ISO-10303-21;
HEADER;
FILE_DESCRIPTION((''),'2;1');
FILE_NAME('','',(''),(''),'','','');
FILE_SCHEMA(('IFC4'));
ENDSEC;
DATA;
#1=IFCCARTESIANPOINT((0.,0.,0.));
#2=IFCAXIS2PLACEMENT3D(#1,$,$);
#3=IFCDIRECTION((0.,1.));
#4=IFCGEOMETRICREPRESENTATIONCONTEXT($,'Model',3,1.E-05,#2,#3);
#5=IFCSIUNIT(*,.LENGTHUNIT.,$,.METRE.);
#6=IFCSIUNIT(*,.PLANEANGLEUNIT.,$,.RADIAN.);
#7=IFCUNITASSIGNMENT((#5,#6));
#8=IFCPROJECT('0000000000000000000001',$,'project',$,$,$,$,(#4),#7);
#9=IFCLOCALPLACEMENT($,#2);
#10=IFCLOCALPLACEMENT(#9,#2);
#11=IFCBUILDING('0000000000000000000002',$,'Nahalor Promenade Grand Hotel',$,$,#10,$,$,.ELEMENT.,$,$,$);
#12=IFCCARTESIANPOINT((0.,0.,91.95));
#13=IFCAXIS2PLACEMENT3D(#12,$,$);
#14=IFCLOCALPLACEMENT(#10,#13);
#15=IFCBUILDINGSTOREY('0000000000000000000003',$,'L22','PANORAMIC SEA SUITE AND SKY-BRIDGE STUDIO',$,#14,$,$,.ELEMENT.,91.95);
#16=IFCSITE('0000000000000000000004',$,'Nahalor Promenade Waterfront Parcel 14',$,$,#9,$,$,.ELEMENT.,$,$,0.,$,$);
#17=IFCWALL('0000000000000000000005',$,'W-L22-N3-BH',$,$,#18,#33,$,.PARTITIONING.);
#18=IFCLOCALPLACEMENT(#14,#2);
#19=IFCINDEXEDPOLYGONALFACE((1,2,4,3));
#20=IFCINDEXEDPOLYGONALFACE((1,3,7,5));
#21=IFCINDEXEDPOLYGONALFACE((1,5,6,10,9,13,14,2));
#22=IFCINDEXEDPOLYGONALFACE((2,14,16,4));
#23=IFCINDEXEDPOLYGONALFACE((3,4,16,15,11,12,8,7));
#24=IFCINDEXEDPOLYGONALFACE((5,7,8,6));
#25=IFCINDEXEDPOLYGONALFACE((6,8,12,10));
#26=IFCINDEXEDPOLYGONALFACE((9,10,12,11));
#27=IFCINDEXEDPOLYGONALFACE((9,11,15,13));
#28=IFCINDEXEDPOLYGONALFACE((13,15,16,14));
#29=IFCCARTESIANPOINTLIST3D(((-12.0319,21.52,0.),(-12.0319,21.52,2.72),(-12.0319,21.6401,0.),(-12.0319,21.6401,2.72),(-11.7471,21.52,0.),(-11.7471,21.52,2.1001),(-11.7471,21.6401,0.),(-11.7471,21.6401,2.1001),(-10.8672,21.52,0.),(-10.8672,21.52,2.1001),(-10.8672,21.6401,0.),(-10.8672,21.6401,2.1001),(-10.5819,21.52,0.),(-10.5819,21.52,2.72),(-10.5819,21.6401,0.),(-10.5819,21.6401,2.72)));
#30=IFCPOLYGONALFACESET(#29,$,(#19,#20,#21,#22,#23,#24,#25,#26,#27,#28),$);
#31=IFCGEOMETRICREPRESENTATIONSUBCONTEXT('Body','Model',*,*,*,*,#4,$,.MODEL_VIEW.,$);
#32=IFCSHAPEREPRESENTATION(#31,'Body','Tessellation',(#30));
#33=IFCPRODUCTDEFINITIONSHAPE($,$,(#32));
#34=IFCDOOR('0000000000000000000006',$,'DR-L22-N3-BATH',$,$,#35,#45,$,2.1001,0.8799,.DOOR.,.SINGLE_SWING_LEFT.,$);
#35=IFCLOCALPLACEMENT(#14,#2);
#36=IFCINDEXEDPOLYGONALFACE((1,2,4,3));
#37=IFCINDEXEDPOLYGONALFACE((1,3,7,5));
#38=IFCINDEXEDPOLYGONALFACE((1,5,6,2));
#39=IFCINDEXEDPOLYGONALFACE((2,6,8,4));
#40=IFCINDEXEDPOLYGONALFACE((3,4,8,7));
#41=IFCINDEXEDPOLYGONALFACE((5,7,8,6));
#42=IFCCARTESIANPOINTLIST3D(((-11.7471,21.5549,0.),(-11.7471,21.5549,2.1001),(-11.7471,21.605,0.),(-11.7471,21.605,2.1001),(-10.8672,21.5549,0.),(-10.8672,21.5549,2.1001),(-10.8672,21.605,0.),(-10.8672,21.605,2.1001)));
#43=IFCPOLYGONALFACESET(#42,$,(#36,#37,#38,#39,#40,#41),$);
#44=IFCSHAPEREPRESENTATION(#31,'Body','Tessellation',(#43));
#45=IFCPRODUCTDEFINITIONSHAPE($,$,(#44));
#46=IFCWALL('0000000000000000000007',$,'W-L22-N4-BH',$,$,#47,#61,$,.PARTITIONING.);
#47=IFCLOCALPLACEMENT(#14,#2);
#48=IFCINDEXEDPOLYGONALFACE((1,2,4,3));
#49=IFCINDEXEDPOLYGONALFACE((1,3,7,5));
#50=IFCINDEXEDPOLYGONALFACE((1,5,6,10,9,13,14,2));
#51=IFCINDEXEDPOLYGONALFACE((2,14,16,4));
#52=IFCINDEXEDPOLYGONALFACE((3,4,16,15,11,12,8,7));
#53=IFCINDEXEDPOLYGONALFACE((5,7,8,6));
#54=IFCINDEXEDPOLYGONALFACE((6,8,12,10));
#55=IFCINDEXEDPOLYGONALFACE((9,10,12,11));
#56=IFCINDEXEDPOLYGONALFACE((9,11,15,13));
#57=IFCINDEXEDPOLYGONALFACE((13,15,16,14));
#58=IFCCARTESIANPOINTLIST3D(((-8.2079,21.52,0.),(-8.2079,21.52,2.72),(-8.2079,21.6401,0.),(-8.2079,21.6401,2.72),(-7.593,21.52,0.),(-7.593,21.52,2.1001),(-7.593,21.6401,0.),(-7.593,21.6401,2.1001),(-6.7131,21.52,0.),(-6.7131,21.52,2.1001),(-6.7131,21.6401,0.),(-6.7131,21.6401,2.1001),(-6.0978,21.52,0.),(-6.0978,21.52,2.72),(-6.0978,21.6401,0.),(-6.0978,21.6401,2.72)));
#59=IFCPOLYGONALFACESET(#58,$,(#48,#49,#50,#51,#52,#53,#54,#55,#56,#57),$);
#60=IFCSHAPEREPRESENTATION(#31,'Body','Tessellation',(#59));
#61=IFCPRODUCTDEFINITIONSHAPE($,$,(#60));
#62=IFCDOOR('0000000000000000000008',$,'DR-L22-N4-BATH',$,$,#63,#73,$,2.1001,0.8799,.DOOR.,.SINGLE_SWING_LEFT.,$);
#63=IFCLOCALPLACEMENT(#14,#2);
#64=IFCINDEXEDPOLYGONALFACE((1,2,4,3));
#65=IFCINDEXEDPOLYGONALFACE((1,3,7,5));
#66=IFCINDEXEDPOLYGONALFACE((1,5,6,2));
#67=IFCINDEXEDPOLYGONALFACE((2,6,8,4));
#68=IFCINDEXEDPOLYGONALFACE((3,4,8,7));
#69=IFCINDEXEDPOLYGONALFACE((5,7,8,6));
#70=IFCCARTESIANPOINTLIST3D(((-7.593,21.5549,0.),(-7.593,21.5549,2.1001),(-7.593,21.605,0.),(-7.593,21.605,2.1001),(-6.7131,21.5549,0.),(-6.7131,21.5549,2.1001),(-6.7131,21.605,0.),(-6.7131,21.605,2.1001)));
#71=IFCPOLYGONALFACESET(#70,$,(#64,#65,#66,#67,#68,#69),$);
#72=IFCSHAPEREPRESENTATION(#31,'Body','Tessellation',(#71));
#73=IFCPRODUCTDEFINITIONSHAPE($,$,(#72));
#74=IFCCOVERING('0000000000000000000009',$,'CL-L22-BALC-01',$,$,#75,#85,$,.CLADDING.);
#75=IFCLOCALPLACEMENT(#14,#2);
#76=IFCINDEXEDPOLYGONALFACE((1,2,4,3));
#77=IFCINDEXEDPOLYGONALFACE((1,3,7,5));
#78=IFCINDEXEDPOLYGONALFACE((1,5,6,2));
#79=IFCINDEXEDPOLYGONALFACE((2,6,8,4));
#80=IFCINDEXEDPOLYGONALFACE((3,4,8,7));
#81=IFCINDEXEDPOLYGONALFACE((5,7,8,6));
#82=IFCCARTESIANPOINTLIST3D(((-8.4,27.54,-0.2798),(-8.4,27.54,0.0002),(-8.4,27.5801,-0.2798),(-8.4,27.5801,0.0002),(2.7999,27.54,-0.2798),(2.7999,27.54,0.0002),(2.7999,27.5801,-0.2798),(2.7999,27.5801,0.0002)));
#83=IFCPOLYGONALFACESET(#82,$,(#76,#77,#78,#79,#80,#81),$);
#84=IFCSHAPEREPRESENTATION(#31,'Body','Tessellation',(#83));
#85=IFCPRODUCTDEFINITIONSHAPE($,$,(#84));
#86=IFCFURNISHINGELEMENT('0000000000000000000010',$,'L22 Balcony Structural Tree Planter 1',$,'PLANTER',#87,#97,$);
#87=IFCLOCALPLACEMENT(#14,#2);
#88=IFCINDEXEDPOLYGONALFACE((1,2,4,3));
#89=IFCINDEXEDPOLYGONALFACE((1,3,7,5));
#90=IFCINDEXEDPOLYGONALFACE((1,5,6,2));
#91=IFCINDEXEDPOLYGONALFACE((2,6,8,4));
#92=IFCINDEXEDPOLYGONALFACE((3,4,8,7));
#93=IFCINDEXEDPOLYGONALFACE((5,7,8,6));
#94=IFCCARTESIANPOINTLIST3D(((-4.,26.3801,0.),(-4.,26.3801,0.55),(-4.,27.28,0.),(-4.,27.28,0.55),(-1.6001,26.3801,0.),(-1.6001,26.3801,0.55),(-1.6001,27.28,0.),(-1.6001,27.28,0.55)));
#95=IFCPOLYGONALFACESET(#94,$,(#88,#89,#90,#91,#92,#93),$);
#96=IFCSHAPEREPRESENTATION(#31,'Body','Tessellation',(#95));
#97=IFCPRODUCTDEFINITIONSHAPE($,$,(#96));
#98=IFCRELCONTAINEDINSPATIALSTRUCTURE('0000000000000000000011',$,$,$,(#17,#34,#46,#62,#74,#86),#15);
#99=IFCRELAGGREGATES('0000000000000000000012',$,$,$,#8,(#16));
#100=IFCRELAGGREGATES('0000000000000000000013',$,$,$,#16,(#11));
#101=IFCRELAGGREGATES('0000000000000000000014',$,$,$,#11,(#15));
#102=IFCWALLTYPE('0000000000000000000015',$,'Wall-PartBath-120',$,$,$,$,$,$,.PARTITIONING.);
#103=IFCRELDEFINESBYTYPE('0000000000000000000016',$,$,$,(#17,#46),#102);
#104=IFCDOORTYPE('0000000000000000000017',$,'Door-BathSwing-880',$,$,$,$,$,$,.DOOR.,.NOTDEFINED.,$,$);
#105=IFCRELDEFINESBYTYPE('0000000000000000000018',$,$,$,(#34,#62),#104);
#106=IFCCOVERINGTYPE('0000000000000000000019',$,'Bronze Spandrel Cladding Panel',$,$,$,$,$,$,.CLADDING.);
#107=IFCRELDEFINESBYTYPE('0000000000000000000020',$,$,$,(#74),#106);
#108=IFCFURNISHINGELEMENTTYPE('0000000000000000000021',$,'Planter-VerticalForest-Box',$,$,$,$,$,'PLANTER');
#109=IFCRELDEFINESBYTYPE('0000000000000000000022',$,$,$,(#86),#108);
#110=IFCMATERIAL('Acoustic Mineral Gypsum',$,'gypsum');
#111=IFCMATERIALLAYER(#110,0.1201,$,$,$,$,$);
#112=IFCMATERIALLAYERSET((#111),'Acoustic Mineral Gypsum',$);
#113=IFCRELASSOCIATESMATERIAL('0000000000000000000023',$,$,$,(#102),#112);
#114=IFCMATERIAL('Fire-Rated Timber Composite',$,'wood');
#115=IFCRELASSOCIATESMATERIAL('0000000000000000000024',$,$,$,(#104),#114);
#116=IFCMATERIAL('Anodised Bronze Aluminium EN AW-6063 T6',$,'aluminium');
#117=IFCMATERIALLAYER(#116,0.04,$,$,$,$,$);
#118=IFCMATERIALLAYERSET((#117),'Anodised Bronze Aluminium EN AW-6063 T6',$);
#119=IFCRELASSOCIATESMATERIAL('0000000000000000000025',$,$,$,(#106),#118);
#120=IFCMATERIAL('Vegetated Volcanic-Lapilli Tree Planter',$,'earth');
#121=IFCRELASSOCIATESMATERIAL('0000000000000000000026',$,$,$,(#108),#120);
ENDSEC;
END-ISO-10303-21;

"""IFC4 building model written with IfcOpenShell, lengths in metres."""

from ifc_helpers import new_model, si_unit, direction, frame, frame_2d, origin, origin_2d, place, context, subcontext, project, spatial, rectangle, extrude, source, transform, mapped, material, layer, layer_set, type_object, element, fill, save


model = new_model("IFC4")

# Units and contexts
model_context = context("Model", 3, precision=1e-05, world=origin(), true_north=direction((0.0, 1.0)))
body_context = subcontext(model_context, "Body", "Model", "MODEL_VIEW")
ifc_project = project(units=[si_unit("LENGTHUNIT", "METRE"), si_unit("PLANEANGLEUNIT", "RADIAN")], contexts=[model_context])

# Site, building, storey
site_placement = place(None, origin())
site = spatial("IfcSite", under=ifc_project, at=site_placement, Name="Nahalor Promenade Waterfront Parcel 14", CompositionType="ELEMENT", RefElevation=0.0)
building_placement = place(site_placement, origin())
building = spatial("IfcBuilding", under=site, at=building_placement, Name="Nahalor Promenade Grand Hotel", CompositionType="ELEMENT")
storey_placement = place(building_placement, frame((0.0, 0.0, 91.95)))
storey = spatial("IfcBuildingStorey", under=building, at=storey_placement, Name="L22", Description="PANORAMIC SEA SUITE AND SKY-BRIDGE STUDIO", CompositionType="ELEMENT", Elevation=91.95)

# Shared definitions
ifc_material_1 = material(Name="Anodised Bronze Aluminium EN AW-6063 T6", Category="aluminium")

# Shared definitions
ifc_material_2 = material(Name="Acoustic Mineral Gypsum", Category="gypsum")
ifc_layer_1 = layer(ifc_material_2, 0.1201)
ifc_layer_set_1 = layer_set([ifc_layer_1], Name="Acoustic Mineral Gypsum")
wall_type_1 = type_object("IfcWallType", Name="Wall-PartBath-120", PredefinedType="PARTITIONING", material=ifc_layer_set_1)
ifc_material_3 = material(Name="Fire-Rated Timber Composite", Category="wood")
door_type_1 = type_object("IfcDoorType", Name="Door-BathSwing-880", OperationType="NOTDEFINED", PredefinedType="DOOR", material=ifc_material_3)
shared_shape_1 = source(origin(), body_context, "Body", "SweptSolid", [
    extrude(rectangle(XDim=0.8799, YDim=2.1001, at=frame_2d((0.4399, 1.05))), frame((0.0, 0.0249, 0.0), z_axis=(0.0, -1.0, 0.0), x_axis=(1.0, 0.0, 0.0)), (0.0, 0.0, 1.0), 0.05),
])

# Walls, openings, doors
shared_shape_2 = source(origin(), body_context, "Body", "SweptSolid", [
    extrude(rectangle(XDim=1.45, YDim=0.1201, at=frame_2d((0.7251, 0.0))), origin(), (0.0, 0.0, 1.0), 2.72),
])
wall_1_placement = place(storey_placement, frame((-12.032, 21.5801, 0.0), z_axis=(0.0, 0.0, 1.0), x_axis=(1.0, 0.0, 0.0)))
wall_1 = element("IfcWall", 1, at=wall_1_placement, inside=storey, type_object=wall_type_1, Name="W-L22-N3-BH", PredefinedType="PARTITIONING", context=body_context, shape_type="MappedRepresentation", body=[
    mapped(shared_shape_2, transform((0.0, 0.0, 0.0), scale=1.0)),
])
opening_1_placement = place(wall_1_placement, frame((0.2849, 0.0, 0.0)))
opening_1 = element("IfcOpeningElement", 2, at=opening_1_placement, cuts=wall_1, PredefinedType="OPENING", context=body_context, shape_type="SweptSolid", body=[
    extrude(rectangle(XDim=0.8799, YDim=2.1001, at=frame_2d((0.4399, 1.05))), frame((0.0, 0.0701, 0.0), z_axis=(0.0, -1.0, 0.0), x_axis=(1.0, 0.0, 0.0)), (0.0, 0.0, 1.0), 0.1401),
])
door_1_placement = place(opening_1_placement, origin())
door_1 = element("IfcDoor", 3, at=door_1_placement, inside=storey, type_object=door_type_1, Name="DR-L22-N3-BATH", OperationType="SINGLE_SWING_LEFT", OverallHeight=2.1001, OverallWidth=0.8799, PredefinedType="DOOR", context=body_context, shape_type="MappedRepresentation", body=[
    mapped(shared_shape_1, transform((0.0, 0.0, 0.0), scale=1.0)),
])
fill(opening_1, door_1)
shared_shape_3 = source(origin(), body_context, "Body", "SweptSolid", [
    extrude(rectangle(XDim=2.1101, YDim=0.1201, at=frame_2d((1.0552, 0.0))), origin(), (0.0, 0.0, 1.0), 2.72),
])
wall_2_placement = place(storey_placement, frame((-8.208, 21.5801, 0.0), z_axis=(0.0, 0.0, 1.0), x_axis=(1.0, 0.0, 0.0)))
wall_2 = element("IfcWall", 4, at=wall_2_placement, inside=storey, type_object=wall_type_1, Name="W-L22-N4-BH", PredefinedType="PARTITIONING", context=body_context, shape_type="MappedRepresentation", body=[
    mapped(shared_shape_3, transform((0.0, 0.0, 0.0), scale=1.0)),
])
opening_2_placement = place(wall_2_placement, frame((0.615, 0.0, 0.0)))
opening_2 = element("IfcOpeningElement", 5, at=opening_2_placement, cuts=wall_2, PredefinedType="OPENING", context=body_context, shape_type="SweptSolid", body=[
    extrude(rectangle(XDim=0.8799, YDim=2.1001, at=frame_2d((0.4399, 1.05))), frame((0.0, 0.0701, 0.0), z_axis=(0.0, -1.0, 0.0), x_axis=(1.0, 0.0, 0.0)), (0.0, 0.0, 1.0), 0.1401),
])
door_2_placement = place(opening_2_placement, origin())
door_2 = element("IfcDoor", 6, at=door_2_placement, inside=storey, type_object=door_type_1, Name="DR-L22-N4-BATH", OperationType="SINGLE_SWING_LEFT", OverallHeight=2.1001, OverallWidth=0.8799, PredefinedType="DOOR", context=body_context, shape_type="MappedRepresentation", body=[
    mapped(shared_shape_1, transform((0.0, 0.0, 0.0), scale=1.0)),
])
fill(opening_2, door_2)

# Covering
ifc_layer_2 = layer(ifc_material_1, 0.04)
ifc_layer_set_2 = layer_set([ifc_layer_2], Name="Anodised Bronze Aluminium EN AW-6063 T6")
covering_type = type_object("IfcCoveringType", Name="Bronze Spandrel Cladding Panel", PredefinedType="CLADDING", material=ifc_layer_set_2)
shared_shape_4 = source(origin(), body_context, "Body", "SweptSolid", [
    extrude(rectangle(XDim=11.2, YDim=0.04, at=origin_2d()), origin(), (0.0, 0.0, 1.0), 0.28),
])
covering_placement = place(storey_placement, frame((-2.8, 27.5601, -0.2798), z_axis=(0.0, 0.0, 1.0), x_axis=(1.0, 0.0, 0.0)))
element("IfcCovering", 7, at=covering_placement, inside=storey, type_object=covering_type, Name="CL-L22-BALC-01", PredefinedType="CLADDING", context=body_context, shape_type="MappedRepresentation", body=[
    mapped(shared_shape_4, transform((0.0, 0.0, 0.0), scale=1.0)),
])

# Furnishing element
ifc_material_4 = material(Name="Vegetated Volcanic-Lapilli Tree Planter", Category="earth")
furnishing_element_type = type_object("IfcFurnishingElementType", Name="Planter-VerticalForest-Box", ElementType="PLANTER", material=ifc_material_4)
shared_shape_5 = source(origin(), body_context, "Body", "SweptSolid", [
    extrude(rectangle(XDim=2.3999, YDim=0.8999, at=origin_2d()), origin(), (0.0, 0.0, 1.0), 0.55),
])
furnishing_placement = place(storey_placement, frame((-2.8, 26.8301, 0.0), z_axis=(0.0, 0.0, 1.0), x_axis=(1.0, 0.0, 0.0)))
element("IfcFurnishingElement", 8, at=furnishing_placement, inside=storey, type_object=furnishing_element_type, Name="L22 Balcony Structural Tree Planter 1", ObjectType="PLANTER", context=body_context, shape_type="MappedRepresentation", body=[
    mapped(shared_shape_5, transform((0.0, 0.0, 0.0), scale=1.0)),
])

save(model, "model.ifc")
